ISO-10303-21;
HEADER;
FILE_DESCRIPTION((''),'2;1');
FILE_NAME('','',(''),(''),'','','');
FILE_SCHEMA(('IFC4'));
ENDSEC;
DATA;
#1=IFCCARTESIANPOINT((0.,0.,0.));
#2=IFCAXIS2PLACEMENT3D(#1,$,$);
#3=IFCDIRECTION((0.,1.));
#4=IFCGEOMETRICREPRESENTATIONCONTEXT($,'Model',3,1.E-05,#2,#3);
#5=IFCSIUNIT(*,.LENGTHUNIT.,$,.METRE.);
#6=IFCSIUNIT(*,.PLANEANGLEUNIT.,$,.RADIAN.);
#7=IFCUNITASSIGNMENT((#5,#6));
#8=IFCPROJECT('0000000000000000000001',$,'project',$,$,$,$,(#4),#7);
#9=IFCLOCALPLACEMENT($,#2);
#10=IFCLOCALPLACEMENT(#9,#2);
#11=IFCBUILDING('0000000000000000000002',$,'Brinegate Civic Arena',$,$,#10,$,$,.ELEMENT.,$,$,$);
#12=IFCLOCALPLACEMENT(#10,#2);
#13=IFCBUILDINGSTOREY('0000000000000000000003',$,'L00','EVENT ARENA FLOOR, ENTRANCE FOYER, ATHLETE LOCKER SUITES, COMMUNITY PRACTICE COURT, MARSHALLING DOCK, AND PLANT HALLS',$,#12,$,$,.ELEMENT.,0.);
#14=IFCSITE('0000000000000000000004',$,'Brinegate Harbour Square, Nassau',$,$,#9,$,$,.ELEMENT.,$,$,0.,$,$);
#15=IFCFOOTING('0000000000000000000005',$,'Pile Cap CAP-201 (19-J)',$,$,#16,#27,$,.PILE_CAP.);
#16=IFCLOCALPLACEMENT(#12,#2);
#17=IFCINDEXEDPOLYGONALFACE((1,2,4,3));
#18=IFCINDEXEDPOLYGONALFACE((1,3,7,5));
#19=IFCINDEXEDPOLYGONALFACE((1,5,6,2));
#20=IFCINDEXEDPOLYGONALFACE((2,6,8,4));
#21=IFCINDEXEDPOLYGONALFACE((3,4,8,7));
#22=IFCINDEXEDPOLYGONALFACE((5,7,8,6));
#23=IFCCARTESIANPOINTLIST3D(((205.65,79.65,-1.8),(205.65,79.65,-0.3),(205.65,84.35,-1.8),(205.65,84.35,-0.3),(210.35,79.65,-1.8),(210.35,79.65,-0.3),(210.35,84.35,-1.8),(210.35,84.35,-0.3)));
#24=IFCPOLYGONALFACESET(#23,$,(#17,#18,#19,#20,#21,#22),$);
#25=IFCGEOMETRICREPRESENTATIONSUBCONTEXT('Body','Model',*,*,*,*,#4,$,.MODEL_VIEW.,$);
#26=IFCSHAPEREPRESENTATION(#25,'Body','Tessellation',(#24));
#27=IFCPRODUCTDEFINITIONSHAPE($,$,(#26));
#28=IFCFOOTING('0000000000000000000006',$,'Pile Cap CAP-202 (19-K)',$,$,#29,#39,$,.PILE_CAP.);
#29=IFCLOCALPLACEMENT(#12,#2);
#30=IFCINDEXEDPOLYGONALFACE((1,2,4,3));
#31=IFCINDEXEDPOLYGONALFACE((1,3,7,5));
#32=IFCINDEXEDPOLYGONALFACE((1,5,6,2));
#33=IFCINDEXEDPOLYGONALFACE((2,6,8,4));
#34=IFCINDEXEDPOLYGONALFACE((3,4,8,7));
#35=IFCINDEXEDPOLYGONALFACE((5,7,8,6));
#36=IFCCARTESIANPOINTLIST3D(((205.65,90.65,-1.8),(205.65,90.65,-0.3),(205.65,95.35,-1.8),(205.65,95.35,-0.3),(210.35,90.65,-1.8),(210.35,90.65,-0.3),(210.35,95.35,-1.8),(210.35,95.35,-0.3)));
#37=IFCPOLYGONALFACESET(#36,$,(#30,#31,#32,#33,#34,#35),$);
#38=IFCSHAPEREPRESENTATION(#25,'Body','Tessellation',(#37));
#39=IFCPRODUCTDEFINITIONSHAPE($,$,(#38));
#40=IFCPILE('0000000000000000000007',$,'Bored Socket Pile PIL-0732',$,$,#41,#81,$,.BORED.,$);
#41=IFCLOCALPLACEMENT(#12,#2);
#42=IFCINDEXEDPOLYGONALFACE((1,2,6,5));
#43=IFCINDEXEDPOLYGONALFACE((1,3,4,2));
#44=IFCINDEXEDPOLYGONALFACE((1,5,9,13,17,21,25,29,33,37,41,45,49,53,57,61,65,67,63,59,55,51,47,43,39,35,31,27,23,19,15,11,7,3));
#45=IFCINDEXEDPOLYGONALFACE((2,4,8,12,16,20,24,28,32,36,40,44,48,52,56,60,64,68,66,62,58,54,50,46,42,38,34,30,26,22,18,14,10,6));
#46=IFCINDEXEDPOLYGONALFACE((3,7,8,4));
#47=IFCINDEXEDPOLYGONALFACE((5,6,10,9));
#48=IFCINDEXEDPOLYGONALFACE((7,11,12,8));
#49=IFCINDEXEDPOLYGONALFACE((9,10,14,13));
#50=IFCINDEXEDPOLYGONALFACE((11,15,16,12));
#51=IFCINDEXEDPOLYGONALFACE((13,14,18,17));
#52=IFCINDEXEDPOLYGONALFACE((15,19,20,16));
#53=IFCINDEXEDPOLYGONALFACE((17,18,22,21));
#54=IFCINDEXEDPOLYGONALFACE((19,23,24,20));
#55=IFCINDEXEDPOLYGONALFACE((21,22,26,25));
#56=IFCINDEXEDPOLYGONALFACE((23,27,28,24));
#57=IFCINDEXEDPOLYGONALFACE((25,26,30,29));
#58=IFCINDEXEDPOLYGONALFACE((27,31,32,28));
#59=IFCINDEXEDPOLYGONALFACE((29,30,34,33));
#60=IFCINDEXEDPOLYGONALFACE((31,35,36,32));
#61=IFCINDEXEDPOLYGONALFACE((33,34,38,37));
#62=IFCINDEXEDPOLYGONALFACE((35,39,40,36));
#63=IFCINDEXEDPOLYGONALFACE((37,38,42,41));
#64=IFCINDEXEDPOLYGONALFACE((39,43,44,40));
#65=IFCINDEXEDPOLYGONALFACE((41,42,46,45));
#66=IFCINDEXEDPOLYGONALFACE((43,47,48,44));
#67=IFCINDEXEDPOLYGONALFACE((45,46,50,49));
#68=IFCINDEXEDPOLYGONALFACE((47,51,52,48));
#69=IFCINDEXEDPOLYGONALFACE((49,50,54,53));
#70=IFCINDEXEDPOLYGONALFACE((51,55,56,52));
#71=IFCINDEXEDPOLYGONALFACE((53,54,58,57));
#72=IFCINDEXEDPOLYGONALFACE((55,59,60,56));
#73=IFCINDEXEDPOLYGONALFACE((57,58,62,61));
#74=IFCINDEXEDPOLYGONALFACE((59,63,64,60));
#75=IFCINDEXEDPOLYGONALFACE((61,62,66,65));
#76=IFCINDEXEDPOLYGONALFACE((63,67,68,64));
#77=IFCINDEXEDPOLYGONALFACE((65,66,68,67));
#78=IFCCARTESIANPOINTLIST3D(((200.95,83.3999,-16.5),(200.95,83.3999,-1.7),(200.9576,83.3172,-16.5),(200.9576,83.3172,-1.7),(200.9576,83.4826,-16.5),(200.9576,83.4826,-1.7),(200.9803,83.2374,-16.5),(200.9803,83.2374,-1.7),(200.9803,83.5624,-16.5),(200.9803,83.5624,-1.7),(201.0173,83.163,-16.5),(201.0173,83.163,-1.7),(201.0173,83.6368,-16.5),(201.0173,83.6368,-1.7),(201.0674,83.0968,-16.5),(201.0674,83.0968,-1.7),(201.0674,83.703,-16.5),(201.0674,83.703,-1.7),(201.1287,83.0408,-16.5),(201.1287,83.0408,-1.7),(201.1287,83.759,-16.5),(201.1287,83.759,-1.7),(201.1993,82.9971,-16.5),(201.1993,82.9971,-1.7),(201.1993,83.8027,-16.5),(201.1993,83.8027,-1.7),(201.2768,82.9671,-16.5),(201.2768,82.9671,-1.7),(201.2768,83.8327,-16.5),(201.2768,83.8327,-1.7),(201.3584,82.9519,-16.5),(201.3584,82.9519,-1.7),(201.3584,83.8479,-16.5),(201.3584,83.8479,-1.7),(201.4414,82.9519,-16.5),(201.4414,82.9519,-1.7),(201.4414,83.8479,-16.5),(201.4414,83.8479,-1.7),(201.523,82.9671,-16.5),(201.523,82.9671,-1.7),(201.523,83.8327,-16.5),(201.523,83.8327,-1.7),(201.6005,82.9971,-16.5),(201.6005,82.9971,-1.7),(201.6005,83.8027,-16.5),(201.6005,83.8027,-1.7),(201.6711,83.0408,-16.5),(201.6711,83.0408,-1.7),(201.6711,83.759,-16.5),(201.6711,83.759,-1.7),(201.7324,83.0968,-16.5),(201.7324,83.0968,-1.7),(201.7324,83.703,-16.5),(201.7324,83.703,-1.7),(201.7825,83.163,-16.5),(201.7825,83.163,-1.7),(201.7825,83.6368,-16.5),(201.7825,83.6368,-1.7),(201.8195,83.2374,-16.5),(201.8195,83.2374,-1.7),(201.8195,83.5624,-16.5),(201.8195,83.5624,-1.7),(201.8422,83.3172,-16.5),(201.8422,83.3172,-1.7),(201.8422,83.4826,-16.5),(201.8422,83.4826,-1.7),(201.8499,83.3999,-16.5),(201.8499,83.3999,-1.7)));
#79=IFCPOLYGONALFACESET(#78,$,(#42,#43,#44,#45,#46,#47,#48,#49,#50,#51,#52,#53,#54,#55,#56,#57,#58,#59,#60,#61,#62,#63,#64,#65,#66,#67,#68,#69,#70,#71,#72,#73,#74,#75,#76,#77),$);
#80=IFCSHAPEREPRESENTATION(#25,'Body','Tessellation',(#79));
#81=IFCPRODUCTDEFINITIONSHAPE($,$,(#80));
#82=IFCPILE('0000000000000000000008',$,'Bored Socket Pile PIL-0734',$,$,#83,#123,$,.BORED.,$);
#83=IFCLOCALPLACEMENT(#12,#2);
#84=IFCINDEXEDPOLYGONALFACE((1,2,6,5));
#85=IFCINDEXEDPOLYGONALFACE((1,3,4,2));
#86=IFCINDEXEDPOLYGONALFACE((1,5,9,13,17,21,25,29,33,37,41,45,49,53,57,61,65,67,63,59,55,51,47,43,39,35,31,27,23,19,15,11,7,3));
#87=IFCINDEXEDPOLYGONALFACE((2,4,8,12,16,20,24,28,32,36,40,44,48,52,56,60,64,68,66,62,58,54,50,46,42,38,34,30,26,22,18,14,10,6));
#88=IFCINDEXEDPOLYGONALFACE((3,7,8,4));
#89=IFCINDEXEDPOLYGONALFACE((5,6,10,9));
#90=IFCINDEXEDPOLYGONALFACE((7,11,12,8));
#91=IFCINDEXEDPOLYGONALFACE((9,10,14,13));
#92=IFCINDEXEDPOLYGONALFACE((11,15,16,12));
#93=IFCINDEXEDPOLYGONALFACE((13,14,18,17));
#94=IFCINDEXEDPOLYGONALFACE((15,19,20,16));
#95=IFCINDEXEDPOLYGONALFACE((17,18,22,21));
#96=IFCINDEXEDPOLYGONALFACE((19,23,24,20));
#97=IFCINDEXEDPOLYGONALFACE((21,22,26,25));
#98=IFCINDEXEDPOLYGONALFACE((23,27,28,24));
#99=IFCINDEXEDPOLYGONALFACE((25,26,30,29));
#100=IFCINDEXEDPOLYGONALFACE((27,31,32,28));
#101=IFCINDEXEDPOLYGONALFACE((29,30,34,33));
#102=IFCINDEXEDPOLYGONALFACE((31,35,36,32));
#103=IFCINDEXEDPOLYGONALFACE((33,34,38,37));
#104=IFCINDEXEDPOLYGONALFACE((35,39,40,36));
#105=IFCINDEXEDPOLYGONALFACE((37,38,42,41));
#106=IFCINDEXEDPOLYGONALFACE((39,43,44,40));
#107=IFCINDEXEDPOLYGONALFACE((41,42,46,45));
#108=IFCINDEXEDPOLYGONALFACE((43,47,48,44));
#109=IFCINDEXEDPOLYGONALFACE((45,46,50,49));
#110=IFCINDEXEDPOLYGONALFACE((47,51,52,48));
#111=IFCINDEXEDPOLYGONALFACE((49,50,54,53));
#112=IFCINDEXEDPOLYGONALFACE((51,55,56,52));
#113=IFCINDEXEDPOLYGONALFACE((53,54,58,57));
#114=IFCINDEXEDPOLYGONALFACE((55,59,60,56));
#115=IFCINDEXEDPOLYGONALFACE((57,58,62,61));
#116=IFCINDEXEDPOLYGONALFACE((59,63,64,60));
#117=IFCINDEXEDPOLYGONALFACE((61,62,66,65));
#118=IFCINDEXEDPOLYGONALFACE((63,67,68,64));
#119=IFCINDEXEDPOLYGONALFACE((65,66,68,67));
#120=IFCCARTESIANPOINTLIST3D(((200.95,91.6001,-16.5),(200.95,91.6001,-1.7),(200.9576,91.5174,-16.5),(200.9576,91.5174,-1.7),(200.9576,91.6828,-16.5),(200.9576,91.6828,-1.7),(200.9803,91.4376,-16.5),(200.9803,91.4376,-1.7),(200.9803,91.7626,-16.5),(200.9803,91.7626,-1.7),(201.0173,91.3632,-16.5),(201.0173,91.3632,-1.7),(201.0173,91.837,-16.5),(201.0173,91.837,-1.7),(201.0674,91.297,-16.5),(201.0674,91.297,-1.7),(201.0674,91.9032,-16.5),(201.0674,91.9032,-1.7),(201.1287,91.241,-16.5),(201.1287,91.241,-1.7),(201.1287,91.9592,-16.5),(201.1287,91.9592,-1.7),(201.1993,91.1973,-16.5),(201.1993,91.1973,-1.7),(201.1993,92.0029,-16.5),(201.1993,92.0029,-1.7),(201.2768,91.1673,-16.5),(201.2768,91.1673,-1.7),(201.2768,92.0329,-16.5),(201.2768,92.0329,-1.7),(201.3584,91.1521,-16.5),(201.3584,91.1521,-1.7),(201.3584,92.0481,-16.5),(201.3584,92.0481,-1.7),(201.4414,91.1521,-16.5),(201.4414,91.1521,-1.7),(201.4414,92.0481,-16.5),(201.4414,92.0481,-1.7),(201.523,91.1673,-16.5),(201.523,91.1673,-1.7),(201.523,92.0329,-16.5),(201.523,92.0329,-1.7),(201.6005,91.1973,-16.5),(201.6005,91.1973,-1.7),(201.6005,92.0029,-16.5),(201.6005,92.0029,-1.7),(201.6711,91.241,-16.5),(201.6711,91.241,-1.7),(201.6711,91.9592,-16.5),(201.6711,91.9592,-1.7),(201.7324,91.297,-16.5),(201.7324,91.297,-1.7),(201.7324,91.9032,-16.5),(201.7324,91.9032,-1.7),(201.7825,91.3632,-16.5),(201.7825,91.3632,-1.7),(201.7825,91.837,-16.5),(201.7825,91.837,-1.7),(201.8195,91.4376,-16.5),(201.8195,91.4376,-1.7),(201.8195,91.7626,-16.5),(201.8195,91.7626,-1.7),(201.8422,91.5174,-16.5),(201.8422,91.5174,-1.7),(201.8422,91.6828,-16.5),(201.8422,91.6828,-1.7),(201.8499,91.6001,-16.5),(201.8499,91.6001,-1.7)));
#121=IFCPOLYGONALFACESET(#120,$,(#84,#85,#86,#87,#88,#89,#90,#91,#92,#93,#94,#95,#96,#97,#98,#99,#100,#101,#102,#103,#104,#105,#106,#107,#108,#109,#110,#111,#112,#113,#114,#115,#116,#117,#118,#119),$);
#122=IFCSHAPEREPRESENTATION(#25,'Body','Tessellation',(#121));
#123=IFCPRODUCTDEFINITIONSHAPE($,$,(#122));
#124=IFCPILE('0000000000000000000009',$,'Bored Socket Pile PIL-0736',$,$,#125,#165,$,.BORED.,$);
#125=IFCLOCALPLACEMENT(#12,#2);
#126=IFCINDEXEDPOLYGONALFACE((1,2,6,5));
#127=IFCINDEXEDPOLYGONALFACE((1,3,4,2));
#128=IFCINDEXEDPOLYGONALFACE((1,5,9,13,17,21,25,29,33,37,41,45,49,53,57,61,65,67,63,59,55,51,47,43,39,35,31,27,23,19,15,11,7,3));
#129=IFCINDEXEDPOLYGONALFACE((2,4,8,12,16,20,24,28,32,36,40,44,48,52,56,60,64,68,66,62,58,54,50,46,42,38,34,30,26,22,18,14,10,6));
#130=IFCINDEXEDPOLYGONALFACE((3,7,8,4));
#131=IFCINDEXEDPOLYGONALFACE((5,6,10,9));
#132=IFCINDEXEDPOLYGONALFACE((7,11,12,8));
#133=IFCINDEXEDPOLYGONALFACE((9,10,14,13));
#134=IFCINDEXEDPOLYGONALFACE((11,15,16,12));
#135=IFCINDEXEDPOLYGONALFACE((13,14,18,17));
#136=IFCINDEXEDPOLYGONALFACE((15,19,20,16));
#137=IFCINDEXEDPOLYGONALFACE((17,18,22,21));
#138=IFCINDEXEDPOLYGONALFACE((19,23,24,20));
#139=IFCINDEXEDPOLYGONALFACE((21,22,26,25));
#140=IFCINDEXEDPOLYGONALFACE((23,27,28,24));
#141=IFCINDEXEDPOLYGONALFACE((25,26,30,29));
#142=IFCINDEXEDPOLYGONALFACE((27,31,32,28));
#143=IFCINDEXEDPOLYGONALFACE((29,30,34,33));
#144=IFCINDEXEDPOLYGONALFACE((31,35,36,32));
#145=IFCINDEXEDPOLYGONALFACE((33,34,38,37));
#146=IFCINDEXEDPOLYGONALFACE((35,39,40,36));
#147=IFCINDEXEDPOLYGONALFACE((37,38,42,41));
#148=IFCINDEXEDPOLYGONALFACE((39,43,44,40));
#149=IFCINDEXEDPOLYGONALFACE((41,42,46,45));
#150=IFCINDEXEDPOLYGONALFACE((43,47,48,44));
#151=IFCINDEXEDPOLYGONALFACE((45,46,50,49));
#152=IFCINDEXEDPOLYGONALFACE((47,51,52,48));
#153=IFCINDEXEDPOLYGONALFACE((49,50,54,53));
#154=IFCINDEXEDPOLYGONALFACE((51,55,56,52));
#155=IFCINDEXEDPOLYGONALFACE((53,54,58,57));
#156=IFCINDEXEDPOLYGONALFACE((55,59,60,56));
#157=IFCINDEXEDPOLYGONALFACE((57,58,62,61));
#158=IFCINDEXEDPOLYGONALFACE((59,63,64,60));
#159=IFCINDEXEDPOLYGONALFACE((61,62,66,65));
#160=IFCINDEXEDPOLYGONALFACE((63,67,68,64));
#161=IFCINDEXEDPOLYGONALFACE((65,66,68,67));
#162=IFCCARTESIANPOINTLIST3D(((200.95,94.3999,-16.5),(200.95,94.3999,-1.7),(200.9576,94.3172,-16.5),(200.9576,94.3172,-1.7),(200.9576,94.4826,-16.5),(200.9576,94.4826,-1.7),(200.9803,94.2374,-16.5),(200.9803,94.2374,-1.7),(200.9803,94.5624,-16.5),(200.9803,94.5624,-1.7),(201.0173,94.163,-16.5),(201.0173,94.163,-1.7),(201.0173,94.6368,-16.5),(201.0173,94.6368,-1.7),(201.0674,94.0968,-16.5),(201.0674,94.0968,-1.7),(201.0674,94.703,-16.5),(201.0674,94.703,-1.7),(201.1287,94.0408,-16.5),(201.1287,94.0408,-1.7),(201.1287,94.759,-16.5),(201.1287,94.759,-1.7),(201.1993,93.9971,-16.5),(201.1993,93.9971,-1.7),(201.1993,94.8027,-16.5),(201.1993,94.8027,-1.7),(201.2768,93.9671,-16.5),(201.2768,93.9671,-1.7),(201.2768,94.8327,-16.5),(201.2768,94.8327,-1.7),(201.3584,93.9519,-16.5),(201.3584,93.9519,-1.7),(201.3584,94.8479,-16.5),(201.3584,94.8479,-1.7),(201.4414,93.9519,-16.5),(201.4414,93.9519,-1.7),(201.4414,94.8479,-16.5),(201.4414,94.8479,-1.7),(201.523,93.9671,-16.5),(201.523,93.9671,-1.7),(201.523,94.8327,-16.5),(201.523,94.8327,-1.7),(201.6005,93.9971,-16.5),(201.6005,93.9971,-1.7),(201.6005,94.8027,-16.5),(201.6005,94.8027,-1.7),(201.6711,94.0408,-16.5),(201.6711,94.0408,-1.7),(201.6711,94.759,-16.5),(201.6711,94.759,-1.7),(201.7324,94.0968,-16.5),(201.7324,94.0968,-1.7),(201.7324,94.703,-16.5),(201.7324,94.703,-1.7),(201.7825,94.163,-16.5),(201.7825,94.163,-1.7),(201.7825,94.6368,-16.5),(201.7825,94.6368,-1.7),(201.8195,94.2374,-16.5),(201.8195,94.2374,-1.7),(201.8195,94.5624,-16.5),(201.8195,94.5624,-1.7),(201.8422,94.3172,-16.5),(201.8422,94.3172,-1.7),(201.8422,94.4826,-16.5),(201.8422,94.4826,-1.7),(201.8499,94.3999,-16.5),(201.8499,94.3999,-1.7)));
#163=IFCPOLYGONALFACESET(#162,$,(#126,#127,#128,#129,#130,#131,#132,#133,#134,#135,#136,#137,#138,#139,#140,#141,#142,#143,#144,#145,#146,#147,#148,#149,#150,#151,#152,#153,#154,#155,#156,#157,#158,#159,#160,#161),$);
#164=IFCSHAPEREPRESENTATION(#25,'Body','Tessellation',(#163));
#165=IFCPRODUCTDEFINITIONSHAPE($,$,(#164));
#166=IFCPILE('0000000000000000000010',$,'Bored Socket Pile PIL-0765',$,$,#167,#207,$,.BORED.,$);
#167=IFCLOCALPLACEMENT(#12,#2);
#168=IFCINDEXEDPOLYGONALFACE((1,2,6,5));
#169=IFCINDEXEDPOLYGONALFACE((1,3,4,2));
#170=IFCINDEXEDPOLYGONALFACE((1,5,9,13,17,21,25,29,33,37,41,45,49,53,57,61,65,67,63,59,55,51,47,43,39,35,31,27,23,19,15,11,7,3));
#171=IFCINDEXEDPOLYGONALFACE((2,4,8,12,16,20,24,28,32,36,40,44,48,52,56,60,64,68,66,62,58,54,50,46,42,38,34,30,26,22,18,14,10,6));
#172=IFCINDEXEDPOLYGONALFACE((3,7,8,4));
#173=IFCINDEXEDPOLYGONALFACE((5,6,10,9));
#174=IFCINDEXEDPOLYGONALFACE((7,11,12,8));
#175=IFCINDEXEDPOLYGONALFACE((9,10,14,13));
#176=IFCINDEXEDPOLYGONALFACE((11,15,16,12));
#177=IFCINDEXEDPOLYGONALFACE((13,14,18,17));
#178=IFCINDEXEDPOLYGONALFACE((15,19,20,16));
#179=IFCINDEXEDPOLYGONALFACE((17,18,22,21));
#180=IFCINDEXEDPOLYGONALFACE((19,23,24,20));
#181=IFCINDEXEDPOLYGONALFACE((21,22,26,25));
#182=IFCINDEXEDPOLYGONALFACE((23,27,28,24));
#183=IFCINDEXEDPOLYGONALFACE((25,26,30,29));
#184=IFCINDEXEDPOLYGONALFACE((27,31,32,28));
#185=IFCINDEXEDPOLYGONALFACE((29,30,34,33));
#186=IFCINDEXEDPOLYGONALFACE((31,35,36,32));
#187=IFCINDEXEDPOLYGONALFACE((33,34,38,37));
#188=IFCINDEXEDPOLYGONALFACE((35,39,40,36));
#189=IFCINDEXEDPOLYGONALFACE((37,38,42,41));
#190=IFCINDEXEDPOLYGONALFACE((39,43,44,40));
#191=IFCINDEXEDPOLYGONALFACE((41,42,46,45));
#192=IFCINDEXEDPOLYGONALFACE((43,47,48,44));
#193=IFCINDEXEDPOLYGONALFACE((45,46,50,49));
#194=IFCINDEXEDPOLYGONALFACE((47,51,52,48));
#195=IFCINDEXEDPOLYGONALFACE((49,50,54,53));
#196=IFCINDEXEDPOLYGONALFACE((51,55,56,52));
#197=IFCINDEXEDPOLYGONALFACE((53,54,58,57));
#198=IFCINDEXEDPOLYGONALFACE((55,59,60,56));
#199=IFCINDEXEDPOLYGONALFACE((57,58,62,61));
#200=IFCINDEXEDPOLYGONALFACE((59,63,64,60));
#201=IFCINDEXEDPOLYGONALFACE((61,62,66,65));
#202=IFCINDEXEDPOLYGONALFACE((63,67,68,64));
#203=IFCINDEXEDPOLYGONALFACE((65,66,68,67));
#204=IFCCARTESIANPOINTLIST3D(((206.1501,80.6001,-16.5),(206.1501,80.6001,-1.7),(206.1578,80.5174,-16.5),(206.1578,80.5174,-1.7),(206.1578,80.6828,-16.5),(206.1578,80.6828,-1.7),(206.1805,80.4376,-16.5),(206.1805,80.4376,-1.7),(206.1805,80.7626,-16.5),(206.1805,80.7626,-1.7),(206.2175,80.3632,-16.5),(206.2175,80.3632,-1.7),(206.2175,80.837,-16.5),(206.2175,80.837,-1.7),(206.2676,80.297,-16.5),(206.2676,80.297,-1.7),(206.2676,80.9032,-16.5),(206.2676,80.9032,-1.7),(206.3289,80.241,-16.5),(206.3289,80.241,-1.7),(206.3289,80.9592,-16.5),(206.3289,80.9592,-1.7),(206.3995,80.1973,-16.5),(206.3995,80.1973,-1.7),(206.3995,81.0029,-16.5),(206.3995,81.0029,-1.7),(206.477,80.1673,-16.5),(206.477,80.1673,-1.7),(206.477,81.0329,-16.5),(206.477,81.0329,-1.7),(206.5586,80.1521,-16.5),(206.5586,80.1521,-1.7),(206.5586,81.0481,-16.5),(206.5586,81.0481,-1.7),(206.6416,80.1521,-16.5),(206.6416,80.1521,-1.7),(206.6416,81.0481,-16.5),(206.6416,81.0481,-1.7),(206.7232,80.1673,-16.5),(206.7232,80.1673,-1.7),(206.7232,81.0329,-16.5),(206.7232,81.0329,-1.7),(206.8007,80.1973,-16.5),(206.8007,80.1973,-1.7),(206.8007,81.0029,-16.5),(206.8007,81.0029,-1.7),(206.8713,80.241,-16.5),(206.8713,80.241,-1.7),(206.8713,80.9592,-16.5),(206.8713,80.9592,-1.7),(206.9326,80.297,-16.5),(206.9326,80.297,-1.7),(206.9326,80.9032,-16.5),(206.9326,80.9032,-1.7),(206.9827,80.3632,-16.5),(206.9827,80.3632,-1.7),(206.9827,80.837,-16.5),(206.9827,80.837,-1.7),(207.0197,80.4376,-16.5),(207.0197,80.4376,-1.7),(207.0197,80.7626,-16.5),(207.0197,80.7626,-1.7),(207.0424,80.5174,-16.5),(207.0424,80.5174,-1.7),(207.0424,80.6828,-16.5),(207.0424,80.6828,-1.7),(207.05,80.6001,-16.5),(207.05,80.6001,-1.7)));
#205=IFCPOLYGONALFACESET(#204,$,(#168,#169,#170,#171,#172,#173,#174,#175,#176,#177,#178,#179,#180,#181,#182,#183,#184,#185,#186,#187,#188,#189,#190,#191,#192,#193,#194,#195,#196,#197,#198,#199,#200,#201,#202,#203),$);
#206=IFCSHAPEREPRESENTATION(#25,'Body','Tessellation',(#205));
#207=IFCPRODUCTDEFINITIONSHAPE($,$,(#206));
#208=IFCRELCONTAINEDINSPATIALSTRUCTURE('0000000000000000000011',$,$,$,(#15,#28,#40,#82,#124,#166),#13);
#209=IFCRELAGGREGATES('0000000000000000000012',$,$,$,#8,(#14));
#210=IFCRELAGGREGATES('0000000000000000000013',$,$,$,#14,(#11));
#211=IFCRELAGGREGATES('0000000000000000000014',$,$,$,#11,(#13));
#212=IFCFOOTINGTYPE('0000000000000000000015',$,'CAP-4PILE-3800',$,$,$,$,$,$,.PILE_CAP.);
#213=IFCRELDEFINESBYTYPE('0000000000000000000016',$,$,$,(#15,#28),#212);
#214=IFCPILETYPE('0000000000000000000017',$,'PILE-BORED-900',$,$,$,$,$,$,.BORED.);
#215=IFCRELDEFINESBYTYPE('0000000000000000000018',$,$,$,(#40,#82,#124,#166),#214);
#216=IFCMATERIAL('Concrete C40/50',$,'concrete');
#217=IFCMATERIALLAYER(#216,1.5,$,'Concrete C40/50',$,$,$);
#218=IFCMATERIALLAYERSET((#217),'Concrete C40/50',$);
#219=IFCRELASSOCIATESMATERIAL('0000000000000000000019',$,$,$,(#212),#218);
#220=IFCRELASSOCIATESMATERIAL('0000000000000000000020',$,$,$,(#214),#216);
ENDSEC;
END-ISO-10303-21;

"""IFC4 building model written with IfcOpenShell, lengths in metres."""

from ifc_helpers import new_model, si_unit, direction, frame, origin, origin_2d, place, context, subcontext, project, spatial, rectangle, circle, extrude, material, layer, layer_set, material_profile, profile_set, type_object, element, save


model = new_model("IFC4")

# Units and contexts
model_context = context("Model", 3, precision=1e-05, world=origin(), true_north=direction((0.0, 1.0)))
body_context = subcontext(model_context, "Body", "Model", "MODEL_VIEW")
ifc_project = project(units=[si_unit("LENGTHUNIT", "METRE"), si_unit("PLANEANGLEUNIT", "RADIAN")], contexts=[model_context])

# Site, building, storey
site_placement = place(None, origin())
site = spatial("IfcSite", under=ifc_project, at=site_placement, Name="Brinegate Harbour Square, Nassau", CompositionType="ELEMENT", RefElevation=0.0)
building_placement = place(site_placement, origin())
building = spatial("IfcBuilding", under=site, at=building_placement, Name="Brinegate Civic Arena", CompositionType="ELEMENT")
storey_placement = place(building_placement, origin())
storey = spatial("IfcBuildingStorey", under=building, at=storey_placement, Name="L00", Description="EVENT ARENA FLOOR, ENTRANCE FOYER, ATHLETE LOCKER SUITES, COMMUNITY PRACTICE COURT, MARSHALLING DOCK, AND PLANT HALLS", CompositionType="ELEMENT", Elevation=0.0)

# Footings
ifc_material_1 = material(Name="Concrete C40/50", Category="concrete")
ifc_layer_1 = layer(ifc_material_1, 1.5, Name="Concrete C40/50")
ifc_layer_set_1 = layer_set([ifc_layer_1], Name="Concrete C40/50")
footing_type_1 = type_object("IfcFootingType", Name="CAP-4PILE-3800", PredefinedType="PILE_CAP", material=ifc_layer_set_1)
for number, where, z_axis, x_axis, name in (
    (1, (208.0, 82.0, -1.8), (0.0, 0.0, 1.0), (1.0, 0.0, 0.0), "Pile Cap CAP-201 (19-J)"),
    (2, (208.0, 93.0, -1.8), (0.0, 0.0, 1.0), (1.0, 0.0, 0.0), "Pile Cap CAP-202 (19-K)"),
):
    element("IfcFooting", number, at=place(storey_placement, frame(where, z_axis=z_axis, x_axis=x_axis)), inside=storey, type_object=footing_type_1, Name=name, PredefinedType="PILE_CAP", context=body_context, shape_type="SweptSolid", body=[
        extrude(rectangle(XDim=4.7, YDim=4.7, at=origin_2d()), origin(), (0.0, 0.0, 1.0), 1.5),
    ])

# Piles
ifc_material_profile_1 = material_profile(ifc_material_1, circle(Radius=0.45, at=origin_2d()), Name="PILED900")
ifc_profile_set_1 = profile_set([ifc_material_profile_1], Name="Concrete C40/50")
pile_type = type_object("IfcPileType", Name="PILE-BORED-900", PredefinedType="BORED", material=ifc_profile_set_1)
for number, where, z_axis, x_axis, name in (
    (3, (201.3999, 83.3999, -1.7), (0.0, 0.0, -1.0), (1.0, 0.0, 0.0), "Bored Socket Pile PIL-0732"),
    (4, (201.3999, 91.6001, -1.7), (0.0, 0.0, -1.0), (1.0, 0.0, 0.0), "Bored Socket Pile PIL-0734"),
    (5, (201.3999, 94.3999, -1.7), (0.0, 0.0, -1.0), (1.0, 0.0, 0.0), "Bored Socket Pile PIL-0736"),
    (6, (206.6001, 80.6001, -1.7), (0.0, 0.0, -1.0), (1.0, 0.0, 0.0), "Bored Socket Pile PIL-0765"),
):
    element("IfcPile", number, at=place(storey_placement, frame(where, z_axis=z_axis, x_axis=x_axis)), inside=storey, type_object=pile_type, Name=name, PredefinedType="BORED", context=body_context, shape_type="SweptSolid", body=[
        extrude(circle(Radius=0.45, at=origin_2d()), origin(), (0.0, 0.0, 1.0), 14.8),
    ])

save(model, "model.ifc")
